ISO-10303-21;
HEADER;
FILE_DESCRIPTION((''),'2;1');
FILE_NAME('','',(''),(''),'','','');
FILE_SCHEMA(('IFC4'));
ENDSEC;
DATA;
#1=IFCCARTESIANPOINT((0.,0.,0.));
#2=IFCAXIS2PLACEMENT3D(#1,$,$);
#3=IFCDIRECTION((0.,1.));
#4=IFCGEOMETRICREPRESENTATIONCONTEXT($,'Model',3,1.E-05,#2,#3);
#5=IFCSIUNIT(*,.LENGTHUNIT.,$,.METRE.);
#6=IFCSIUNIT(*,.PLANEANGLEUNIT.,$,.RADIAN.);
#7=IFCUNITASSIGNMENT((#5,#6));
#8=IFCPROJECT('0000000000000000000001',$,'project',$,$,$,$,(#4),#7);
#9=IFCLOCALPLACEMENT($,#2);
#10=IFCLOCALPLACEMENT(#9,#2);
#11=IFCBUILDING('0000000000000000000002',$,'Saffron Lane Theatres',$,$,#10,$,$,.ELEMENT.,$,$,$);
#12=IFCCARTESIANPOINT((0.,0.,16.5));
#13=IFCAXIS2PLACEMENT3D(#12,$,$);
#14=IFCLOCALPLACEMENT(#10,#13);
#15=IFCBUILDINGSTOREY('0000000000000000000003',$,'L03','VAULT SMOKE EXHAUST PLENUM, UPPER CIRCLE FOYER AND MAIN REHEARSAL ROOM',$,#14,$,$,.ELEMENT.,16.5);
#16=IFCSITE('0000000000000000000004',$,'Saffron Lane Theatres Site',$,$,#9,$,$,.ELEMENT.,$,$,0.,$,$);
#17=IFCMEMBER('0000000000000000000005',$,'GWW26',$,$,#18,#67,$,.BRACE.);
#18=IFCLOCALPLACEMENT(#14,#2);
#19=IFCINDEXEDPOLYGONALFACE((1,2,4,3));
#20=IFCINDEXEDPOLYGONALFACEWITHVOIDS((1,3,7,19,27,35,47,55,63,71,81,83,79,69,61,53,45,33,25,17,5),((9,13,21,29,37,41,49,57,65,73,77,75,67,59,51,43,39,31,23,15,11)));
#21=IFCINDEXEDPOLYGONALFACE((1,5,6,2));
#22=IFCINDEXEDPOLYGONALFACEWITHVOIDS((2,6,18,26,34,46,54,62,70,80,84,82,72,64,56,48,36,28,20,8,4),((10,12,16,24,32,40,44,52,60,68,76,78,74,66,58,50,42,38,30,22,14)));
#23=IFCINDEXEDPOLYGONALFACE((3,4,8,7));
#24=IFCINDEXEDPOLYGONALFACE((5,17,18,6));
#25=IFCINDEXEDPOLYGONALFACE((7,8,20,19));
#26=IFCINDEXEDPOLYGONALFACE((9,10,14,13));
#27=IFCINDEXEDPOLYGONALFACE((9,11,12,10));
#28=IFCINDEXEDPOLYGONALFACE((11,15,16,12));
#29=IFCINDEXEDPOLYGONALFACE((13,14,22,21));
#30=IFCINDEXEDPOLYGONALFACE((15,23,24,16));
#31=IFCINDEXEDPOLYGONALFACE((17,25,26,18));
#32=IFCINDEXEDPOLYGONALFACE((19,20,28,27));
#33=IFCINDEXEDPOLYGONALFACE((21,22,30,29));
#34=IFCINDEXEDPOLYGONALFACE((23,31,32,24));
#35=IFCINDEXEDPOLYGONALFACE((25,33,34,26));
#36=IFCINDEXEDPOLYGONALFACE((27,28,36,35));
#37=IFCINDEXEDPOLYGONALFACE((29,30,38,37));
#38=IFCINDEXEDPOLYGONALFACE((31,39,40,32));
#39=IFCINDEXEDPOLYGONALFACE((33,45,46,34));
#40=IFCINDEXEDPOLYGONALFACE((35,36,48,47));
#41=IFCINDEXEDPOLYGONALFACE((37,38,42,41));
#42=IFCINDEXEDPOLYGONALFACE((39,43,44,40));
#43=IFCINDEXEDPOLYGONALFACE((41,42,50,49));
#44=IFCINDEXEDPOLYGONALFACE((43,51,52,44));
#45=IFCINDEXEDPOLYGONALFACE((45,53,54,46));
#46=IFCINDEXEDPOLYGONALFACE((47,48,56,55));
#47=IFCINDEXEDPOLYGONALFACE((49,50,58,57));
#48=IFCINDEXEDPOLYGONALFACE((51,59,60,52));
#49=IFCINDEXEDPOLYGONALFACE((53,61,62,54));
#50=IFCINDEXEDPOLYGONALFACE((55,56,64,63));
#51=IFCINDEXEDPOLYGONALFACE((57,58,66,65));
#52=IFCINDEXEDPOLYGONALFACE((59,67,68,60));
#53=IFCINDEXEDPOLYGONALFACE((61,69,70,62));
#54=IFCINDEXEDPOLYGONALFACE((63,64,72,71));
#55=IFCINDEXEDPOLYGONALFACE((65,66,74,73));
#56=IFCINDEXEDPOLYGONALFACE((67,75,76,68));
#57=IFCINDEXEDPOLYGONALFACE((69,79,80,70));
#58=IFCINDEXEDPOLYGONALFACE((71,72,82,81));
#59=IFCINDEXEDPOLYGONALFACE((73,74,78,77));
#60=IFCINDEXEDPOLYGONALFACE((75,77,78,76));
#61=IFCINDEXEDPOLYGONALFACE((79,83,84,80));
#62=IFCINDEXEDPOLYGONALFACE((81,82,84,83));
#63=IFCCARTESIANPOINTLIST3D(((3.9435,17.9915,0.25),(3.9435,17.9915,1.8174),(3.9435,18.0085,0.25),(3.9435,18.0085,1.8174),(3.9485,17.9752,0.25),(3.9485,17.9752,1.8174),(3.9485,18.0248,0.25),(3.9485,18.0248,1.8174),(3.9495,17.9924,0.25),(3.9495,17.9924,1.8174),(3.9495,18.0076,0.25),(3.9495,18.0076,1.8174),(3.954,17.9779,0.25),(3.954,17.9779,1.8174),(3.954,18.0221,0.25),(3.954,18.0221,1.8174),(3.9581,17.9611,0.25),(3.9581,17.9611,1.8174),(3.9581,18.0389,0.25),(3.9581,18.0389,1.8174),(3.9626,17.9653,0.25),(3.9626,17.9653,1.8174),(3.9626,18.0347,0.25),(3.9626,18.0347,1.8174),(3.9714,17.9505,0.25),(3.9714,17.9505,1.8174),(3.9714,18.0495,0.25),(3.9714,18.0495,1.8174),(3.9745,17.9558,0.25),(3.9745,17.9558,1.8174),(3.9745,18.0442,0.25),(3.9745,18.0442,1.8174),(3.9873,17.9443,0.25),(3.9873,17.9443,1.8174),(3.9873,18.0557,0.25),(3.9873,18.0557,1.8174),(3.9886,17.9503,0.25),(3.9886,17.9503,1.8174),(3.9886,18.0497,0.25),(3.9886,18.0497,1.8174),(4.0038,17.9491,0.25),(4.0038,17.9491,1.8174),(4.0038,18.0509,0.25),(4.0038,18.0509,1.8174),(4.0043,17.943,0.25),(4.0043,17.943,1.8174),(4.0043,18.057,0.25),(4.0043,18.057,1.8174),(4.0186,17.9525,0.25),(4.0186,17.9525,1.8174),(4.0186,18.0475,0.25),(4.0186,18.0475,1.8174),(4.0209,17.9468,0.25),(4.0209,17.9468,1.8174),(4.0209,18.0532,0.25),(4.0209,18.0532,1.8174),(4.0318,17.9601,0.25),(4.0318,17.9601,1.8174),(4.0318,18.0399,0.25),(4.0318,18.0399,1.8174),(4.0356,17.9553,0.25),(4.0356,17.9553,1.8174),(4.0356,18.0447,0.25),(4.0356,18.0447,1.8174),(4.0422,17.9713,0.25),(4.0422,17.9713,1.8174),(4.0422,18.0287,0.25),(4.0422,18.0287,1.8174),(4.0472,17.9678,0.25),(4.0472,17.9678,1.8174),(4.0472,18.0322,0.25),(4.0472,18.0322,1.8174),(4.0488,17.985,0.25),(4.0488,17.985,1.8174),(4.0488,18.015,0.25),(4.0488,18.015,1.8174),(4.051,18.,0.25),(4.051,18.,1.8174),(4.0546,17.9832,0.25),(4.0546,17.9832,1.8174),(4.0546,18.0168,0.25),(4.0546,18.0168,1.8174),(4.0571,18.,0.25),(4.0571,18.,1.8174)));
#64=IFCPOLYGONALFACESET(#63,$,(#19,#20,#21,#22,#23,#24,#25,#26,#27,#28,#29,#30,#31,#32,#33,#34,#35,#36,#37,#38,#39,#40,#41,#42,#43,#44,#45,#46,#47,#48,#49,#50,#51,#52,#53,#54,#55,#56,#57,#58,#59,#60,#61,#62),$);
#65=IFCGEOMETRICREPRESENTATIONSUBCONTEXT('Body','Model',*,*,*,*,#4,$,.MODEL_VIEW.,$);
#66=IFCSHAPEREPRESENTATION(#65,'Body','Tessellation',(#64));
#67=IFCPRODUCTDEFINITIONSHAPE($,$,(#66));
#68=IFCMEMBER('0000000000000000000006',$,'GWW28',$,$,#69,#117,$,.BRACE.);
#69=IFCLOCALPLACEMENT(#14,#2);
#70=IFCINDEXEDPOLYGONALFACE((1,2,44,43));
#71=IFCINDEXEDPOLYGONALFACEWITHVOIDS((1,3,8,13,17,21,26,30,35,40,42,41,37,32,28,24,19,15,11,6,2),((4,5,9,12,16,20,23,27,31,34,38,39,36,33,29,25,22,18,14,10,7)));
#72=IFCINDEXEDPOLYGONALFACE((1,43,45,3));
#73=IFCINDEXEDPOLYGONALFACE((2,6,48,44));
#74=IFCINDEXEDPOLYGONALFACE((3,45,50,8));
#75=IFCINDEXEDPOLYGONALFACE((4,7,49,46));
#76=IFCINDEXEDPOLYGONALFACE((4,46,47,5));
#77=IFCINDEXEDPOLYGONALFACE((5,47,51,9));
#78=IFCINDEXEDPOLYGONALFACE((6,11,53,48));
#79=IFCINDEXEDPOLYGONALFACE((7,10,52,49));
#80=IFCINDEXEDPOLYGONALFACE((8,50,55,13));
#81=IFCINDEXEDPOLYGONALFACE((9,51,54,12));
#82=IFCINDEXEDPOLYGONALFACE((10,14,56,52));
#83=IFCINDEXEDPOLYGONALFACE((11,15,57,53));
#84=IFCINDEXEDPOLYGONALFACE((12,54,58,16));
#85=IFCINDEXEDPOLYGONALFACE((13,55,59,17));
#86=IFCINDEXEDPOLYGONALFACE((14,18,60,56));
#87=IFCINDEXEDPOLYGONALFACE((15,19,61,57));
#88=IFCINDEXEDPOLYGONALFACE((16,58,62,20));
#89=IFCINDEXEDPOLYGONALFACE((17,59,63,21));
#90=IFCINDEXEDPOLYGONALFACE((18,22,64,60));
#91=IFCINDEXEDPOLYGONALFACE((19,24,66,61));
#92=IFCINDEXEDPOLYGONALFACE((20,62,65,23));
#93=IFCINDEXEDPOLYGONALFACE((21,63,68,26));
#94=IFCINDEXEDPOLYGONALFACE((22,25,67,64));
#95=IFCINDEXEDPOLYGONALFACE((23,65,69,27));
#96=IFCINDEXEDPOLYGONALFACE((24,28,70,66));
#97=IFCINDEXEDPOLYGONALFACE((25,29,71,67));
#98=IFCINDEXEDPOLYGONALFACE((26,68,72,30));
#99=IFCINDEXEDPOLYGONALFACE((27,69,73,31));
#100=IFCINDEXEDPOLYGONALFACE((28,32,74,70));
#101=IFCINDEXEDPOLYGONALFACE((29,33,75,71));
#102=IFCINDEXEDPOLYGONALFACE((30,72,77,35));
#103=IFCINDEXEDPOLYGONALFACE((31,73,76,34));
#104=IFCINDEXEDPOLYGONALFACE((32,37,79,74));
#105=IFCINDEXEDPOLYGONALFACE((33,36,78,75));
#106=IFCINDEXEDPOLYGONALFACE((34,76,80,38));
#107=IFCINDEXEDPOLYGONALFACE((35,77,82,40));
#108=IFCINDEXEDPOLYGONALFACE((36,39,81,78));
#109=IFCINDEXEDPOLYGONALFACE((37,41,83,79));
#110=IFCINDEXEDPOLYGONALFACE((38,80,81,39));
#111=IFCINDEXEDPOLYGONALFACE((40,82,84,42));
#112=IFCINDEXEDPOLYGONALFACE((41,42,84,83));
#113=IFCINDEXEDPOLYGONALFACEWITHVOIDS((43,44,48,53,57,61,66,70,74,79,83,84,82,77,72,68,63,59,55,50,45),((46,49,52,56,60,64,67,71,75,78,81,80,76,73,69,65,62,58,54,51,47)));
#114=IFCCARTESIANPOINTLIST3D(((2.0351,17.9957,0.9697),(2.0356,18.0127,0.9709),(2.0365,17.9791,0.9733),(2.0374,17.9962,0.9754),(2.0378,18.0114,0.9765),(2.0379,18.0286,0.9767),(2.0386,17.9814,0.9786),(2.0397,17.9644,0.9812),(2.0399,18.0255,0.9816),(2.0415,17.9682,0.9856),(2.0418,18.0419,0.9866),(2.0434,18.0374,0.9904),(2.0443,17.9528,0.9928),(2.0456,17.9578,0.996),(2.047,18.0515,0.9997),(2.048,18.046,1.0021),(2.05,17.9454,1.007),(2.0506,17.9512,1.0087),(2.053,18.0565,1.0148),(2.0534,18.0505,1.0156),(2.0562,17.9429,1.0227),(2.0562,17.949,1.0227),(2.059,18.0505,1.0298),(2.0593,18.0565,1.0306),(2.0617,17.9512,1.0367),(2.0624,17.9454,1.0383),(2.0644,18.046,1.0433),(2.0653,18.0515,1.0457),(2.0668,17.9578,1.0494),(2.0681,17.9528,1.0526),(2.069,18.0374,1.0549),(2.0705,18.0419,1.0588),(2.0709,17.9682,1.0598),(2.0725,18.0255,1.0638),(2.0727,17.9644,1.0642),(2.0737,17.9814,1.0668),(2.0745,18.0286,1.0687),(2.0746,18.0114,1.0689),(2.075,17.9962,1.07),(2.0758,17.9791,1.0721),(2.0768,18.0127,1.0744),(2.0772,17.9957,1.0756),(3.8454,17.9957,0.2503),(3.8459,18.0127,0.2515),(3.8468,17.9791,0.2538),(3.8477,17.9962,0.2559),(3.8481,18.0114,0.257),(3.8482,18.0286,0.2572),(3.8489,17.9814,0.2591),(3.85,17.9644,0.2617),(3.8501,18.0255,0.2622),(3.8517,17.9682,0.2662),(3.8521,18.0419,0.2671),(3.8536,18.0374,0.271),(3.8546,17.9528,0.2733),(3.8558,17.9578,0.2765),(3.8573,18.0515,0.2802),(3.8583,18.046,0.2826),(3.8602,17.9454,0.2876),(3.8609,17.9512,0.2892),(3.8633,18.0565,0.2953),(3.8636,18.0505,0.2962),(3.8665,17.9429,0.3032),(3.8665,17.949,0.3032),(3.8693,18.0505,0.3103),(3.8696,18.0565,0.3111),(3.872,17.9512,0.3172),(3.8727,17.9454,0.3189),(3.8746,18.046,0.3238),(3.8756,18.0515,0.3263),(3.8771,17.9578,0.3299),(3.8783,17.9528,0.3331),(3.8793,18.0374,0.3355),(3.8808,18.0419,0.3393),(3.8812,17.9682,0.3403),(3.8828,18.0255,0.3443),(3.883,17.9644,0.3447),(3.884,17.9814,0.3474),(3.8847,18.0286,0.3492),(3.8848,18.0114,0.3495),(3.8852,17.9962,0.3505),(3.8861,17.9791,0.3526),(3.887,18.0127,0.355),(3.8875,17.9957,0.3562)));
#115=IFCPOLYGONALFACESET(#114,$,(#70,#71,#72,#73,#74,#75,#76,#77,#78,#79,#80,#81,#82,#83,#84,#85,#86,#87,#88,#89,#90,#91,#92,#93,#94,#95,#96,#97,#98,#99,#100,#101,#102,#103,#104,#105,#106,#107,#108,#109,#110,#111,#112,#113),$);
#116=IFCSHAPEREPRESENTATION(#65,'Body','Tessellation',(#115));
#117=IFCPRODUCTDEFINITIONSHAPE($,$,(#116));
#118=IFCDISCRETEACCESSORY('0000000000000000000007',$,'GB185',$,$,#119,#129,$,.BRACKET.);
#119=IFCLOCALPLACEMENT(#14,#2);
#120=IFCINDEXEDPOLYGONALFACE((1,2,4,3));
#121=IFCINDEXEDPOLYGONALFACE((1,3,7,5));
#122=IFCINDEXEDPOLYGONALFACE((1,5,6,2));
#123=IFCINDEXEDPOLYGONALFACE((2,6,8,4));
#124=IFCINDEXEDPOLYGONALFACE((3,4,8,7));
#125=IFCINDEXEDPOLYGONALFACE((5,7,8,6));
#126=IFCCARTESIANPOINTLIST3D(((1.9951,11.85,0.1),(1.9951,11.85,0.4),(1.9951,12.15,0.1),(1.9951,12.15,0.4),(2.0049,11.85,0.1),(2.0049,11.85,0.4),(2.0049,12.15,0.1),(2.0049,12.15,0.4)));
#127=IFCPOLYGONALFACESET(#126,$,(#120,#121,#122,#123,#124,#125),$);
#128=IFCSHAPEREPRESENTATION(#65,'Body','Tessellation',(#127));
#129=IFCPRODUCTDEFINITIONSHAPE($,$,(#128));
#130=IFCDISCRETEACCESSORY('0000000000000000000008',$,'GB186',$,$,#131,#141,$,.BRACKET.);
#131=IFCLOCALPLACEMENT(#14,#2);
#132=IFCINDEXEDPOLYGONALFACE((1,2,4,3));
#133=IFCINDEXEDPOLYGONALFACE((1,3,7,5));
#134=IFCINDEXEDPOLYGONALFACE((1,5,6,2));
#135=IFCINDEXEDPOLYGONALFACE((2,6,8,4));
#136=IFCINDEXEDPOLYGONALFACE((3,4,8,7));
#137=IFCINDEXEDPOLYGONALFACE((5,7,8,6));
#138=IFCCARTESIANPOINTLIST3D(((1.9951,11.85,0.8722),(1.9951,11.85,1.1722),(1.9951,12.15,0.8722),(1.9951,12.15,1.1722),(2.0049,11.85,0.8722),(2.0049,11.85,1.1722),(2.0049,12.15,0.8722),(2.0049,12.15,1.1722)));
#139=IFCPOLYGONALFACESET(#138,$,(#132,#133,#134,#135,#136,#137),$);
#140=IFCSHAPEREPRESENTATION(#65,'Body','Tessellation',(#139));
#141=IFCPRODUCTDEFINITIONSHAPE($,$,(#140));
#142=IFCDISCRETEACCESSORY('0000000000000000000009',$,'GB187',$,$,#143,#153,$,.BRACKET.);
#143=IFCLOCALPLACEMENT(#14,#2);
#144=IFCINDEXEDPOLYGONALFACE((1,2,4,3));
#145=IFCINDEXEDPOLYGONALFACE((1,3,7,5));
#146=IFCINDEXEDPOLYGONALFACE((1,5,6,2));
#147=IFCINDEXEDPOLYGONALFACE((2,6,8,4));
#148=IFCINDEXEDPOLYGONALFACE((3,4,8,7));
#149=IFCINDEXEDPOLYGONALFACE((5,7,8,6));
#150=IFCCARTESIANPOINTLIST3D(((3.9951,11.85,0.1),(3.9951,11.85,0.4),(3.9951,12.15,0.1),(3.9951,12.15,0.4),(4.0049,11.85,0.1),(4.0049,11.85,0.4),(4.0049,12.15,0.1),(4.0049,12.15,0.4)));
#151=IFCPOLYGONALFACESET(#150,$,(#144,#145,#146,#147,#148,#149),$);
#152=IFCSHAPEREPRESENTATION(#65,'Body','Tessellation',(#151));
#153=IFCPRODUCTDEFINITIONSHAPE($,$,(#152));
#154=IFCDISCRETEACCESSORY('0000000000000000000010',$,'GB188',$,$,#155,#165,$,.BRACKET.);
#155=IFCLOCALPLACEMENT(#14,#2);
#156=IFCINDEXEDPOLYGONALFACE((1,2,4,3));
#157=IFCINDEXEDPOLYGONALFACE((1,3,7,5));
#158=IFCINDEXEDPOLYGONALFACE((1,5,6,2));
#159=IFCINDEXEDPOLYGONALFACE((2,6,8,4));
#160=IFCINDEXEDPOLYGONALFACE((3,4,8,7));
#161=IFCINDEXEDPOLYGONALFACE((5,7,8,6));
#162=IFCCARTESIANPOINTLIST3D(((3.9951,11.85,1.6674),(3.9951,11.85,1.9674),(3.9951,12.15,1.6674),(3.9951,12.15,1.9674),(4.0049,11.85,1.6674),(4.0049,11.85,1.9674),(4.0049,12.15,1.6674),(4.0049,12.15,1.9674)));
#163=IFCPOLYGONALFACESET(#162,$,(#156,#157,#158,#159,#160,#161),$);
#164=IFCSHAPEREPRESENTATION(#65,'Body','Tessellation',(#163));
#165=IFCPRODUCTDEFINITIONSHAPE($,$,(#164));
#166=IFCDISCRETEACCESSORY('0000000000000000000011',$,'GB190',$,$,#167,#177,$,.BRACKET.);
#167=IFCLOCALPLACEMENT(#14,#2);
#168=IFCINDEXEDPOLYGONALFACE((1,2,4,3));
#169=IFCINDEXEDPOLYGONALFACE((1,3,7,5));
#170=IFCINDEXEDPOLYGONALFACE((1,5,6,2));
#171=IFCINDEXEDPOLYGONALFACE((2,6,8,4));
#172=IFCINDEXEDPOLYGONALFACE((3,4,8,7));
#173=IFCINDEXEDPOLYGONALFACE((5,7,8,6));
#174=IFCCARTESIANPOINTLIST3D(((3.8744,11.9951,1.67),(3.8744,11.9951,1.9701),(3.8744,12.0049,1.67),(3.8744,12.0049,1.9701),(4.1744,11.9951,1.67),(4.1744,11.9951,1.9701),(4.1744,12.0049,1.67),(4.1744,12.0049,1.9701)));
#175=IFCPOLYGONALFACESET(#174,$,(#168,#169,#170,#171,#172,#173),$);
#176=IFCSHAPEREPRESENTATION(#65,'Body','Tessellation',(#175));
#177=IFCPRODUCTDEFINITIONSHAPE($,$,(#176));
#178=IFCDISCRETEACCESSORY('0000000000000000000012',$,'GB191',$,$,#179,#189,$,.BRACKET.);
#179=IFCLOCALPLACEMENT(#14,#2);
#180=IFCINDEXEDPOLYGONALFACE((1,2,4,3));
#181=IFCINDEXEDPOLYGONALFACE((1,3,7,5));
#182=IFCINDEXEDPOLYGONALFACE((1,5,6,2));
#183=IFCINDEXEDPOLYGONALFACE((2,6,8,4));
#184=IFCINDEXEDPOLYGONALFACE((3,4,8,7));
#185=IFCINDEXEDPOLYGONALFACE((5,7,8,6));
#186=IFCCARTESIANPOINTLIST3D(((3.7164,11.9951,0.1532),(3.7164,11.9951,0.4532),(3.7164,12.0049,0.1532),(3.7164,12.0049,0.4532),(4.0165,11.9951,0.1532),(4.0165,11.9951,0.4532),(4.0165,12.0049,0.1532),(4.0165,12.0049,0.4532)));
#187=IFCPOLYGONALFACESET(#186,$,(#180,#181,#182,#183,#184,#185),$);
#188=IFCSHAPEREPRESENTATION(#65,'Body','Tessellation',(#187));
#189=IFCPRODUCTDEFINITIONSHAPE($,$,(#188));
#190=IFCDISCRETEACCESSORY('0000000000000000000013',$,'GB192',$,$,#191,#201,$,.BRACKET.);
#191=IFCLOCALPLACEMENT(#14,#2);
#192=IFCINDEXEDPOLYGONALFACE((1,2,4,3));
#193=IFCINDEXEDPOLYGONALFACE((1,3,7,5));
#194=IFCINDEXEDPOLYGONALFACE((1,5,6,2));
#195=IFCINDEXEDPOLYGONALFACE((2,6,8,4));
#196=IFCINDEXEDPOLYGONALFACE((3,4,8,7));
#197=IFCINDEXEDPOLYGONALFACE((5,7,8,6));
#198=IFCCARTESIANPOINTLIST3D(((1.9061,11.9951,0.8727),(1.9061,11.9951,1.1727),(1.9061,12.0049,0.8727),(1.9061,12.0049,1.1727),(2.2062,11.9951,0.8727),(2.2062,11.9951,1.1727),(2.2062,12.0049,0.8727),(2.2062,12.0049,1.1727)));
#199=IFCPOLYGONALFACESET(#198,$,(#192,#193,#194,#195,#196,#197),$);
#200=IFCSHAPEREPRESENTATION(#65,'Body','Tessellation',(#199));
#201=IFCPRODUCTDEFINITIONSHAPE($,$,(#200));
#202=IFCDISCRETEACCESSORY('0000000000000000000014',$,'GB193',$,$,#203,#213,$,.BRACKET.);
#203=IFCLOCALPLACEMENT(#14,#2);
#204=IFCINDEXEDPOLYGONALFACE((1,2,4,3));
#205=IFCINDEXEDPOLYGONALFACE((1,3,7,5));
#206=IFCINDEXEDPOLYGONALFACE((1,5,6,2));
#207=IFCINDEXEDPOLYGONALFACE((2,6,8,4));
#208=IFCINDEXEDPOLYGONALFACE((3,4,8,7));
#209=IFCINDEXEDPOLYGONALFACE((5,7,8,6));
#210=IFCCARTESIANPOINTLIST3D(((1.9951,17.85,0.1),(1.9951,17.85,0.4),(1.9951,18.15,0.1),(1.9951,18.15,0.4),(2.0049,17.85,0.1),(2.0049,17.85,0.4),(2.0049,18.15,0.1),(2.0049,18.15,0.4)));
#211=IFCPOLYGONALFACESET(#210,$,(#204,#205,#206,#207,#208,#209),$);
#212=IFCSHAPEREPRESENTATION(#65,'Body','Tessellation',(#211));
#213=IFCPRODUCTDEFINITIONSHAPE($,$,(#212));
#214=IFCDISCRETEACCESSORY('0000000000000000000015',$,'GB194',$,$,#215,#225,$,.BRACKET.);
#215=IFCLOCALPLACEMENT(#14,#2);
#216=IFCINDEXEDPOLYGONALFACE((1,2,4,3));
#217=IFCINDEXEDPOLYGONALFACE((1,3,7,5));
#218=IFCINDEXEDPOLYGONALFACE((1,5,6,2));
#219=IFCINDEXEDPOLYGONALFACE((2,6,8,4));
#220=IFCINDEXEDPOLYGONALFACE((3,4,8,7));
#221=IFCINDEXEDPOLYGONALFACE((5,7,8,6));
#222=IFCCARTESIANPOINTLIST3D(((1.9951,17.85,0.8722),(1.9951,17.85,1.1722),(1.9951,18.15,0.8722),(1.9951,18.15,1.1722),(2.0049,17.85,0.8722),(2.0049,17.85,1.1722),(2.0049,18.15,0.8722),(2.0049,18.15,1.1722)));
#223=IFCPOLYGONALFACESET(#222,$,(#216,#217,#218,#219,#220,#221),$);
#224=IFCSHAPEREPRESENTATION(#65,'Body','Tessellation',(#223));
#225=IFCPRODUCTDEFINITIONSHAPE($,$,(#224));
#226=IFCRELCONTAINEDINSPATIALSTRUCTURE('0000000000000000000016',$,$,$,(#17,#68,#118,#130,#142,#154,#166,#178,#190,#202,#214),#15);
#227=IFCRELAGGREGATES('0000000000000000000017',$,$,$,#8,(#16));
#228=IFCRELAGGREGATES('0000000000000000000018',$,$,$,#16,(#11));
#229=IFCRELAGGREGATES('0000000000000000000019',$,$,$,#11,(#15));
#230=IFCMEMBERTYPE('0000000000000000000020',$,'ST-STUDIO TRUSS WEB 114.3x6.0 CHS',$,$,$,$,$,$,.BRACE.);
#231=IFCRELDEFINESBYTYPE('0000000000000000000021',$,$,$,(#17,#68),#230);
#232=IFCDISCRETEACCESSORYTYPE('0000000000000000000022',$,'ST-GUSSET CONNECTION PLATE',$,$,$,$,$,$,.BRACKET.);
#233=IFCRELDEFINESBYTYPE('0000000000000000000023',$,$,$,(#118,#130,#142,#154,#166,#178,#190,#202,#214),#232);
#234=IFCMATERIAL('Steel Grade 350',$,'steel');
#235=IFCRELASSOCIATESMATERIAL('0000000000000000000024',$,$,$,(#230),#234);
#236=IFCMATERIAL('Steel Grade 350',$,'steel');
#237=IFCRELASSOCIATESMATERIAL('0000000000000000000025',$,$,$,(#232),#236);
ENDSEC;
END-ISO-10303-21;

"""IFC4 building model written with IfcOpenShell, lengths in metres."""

from ifc_helpers import new_model, si_unit, direction, frame, origin, origin_2d, place, context, subcontext, project, spatial, rectangle, hollow_circle, extrude, material, material_profile, profile_set, type_object, element, save


model = new_model("IFC4")

# Units and contexts
model_context = context("Model", 3, precision=1e-05, world=origin(), true_north=direction((0.0, 1.0)))
body_context = subcontext(model_context, "Body", "Model", "MODEL_VIEW")
ifc_project = project(units=[si_unit("LENGTHUNIT", "METRE"), si_unit("PLANEANGLEUNIT", "RADIAN")], contexts=[model_context])

# Site, building, storey
site_placement = place(None, origin())
site = spatial("IfcSite", under=ifc_project, at=site_placement, Name="Saffron Lane Theatres Site", CompositionType="ELEMENT", RefElevation=0.0)
building_placement = place(site_placement, origin())
building = spatial("IfcBuilding", under=site, at=building_placement, Name="Saffron Lane Theatres", CompositionType="ELEMENT")
storey_placement = place(building_placement, frame((0.0, 0.0, 16.5)))
storey = spatial("IfcBuildingStorey", under=building, at=storey_placement, Name="L03", Description="VAULT SMOKE EXHAUST PLENUM, UPPER CIRCLE FOYER AND MAIN REHEARSAL ROOM", CompositionType="ELEMENT", Elevation=16.5)

# Members
ifc_material_1 = material(Name="Steel Grade 350", Category="steel")
ifc_material_profile_1 = material_profile(ifc_material_1, hollow_circle(Radius=0.0571, WallThickness=0.0061, at=origin_2d()))
ifc_profile_set_1 = profile_set([ifc_material_profile_1], Name="Steel Grade 350")
member_type_1 = type_object("IfcMemberType", Name="ST-STUDIO TRUSS WEB 114.3x6.0 CHS", PredefinedType="BRACE", material=ifc_profile_set_1)
member_1_placement = place(storey_placement, frame((4.0, 18.0, 0.25), z_axis=(0.0, 0.0, 1.0), x_axis=(1.0, 0.0, 0.0)))
element("IfcMember", 1, at=member_1_placement, inside=storey, type_object=member_type_1, Name="GWW26", PredefinedType="BRACE", context=body_context, shape_type="SweptSolid", body=[
    extrude(hollow_circle(Radius=0.0571, WallThickness=0.0061, at=origin_2d()), origin(), (0.0, 0.0, 1.0), 1.5674),
])
member_2_placement = place(storey_placement, frame((3.8665, 18.0, 0.3032), z_axis=(-0.929296, 0.0, 0.369337), x_axis=(0.0, -1.0, 0.0)))
element("IfcMember", 2, at=member_2_placement, inside=storey, type_object=member_type_1, Name="GWW28", PredefinedType="BRACE", context=body_context, shape_type="SweptSolid", body=[
    extrude(hollow_circle(Radius=0.0571, WallThickness=0.0061, at=origin_2d()), origin(), (0.0, 0.0, 1.0), 1.948),
])

# Discrete accessories
ifc_material_2 = material(Name="Steel Grade 350", Category="steel")
ifc_material_profile_2 = material_profile(ifc_material_2, rectangle(XDim=0.3, YDim=0.3, at=origin_2d()))
ifc_profile_set_2 = profile_set([ifc_material_profile_2], Name="Steel Grade 350")
discrete_accessory_type_1 = type_object("IfcDiscreteAccessoryType", Name="ST-GUSSET CONNECTION PLATE", PredefinedType="BRACKET", material=ifc_profile_set_2)
for number, where, z_axis, x_axis, name in (
    (3, (1.9951, 12.0, 0.25), (1.0, 0.0, 0.0), (0.0, 1.0, 0.0), "GB185"),
    (4, (1.9951, 12.0, 1.0222), (1.0, 0.0, 0.0), (0.0, 1.0, 0.0), "GB186"),
    (5, (3.9951, 12.0, 0.25), (1.0, 0.0, 0.0), (0.0, 1.0, 0.0), "GB187"),
    (6, (3.9951, 12.0, 1.8174), (1.0, 0.0, 0.0), (0.0, 1.0, 0.0), "GB188"),
    (7, (4.0244, 11.9951, 1.8201), (0.0, 1.0, 0.0), (-1.0, 0.0, 0.0), "GB190"),
    (8, (3.8665, 11.9951, 0.3032), (0.0, 1.0, 0.0), (-1.0, 0.0, 0.0), "GB191"),
    (9, (2.0562, 11.9951, 1.0227), (0.0, 1.0, 0.0), (-1.0, 0.0, 0.0), "GB192"),
    (10, (1.9951, 18.0, 0.25), (1.0, 0.0, 0.0), (0.0, 1.0, 0.0), "GB193"),
    (11, (1.9951, 18.0, 1.0222), (1.0, 0.0, 0.0), (0.0, 1.0, 0.0), "GB194"),
):
    element("IfcDiscreteAccessory", number, at=place(storey_placement, frame(where, z_axis=z_axis, x_axis=x_axis)), inside=storey, type_object=discrete_accessory_type_1, Name=name, PredefinedType="BRACKET", context=body_context, shape_type="SweptSolid", body=[
        extrude(rectangle(XDim=0.3, YDim=0.3, at=origin_2d()), origin(), (0.0, 0.0, 1.0), 0.0098),
    ])

save(model, "model.ifc")
